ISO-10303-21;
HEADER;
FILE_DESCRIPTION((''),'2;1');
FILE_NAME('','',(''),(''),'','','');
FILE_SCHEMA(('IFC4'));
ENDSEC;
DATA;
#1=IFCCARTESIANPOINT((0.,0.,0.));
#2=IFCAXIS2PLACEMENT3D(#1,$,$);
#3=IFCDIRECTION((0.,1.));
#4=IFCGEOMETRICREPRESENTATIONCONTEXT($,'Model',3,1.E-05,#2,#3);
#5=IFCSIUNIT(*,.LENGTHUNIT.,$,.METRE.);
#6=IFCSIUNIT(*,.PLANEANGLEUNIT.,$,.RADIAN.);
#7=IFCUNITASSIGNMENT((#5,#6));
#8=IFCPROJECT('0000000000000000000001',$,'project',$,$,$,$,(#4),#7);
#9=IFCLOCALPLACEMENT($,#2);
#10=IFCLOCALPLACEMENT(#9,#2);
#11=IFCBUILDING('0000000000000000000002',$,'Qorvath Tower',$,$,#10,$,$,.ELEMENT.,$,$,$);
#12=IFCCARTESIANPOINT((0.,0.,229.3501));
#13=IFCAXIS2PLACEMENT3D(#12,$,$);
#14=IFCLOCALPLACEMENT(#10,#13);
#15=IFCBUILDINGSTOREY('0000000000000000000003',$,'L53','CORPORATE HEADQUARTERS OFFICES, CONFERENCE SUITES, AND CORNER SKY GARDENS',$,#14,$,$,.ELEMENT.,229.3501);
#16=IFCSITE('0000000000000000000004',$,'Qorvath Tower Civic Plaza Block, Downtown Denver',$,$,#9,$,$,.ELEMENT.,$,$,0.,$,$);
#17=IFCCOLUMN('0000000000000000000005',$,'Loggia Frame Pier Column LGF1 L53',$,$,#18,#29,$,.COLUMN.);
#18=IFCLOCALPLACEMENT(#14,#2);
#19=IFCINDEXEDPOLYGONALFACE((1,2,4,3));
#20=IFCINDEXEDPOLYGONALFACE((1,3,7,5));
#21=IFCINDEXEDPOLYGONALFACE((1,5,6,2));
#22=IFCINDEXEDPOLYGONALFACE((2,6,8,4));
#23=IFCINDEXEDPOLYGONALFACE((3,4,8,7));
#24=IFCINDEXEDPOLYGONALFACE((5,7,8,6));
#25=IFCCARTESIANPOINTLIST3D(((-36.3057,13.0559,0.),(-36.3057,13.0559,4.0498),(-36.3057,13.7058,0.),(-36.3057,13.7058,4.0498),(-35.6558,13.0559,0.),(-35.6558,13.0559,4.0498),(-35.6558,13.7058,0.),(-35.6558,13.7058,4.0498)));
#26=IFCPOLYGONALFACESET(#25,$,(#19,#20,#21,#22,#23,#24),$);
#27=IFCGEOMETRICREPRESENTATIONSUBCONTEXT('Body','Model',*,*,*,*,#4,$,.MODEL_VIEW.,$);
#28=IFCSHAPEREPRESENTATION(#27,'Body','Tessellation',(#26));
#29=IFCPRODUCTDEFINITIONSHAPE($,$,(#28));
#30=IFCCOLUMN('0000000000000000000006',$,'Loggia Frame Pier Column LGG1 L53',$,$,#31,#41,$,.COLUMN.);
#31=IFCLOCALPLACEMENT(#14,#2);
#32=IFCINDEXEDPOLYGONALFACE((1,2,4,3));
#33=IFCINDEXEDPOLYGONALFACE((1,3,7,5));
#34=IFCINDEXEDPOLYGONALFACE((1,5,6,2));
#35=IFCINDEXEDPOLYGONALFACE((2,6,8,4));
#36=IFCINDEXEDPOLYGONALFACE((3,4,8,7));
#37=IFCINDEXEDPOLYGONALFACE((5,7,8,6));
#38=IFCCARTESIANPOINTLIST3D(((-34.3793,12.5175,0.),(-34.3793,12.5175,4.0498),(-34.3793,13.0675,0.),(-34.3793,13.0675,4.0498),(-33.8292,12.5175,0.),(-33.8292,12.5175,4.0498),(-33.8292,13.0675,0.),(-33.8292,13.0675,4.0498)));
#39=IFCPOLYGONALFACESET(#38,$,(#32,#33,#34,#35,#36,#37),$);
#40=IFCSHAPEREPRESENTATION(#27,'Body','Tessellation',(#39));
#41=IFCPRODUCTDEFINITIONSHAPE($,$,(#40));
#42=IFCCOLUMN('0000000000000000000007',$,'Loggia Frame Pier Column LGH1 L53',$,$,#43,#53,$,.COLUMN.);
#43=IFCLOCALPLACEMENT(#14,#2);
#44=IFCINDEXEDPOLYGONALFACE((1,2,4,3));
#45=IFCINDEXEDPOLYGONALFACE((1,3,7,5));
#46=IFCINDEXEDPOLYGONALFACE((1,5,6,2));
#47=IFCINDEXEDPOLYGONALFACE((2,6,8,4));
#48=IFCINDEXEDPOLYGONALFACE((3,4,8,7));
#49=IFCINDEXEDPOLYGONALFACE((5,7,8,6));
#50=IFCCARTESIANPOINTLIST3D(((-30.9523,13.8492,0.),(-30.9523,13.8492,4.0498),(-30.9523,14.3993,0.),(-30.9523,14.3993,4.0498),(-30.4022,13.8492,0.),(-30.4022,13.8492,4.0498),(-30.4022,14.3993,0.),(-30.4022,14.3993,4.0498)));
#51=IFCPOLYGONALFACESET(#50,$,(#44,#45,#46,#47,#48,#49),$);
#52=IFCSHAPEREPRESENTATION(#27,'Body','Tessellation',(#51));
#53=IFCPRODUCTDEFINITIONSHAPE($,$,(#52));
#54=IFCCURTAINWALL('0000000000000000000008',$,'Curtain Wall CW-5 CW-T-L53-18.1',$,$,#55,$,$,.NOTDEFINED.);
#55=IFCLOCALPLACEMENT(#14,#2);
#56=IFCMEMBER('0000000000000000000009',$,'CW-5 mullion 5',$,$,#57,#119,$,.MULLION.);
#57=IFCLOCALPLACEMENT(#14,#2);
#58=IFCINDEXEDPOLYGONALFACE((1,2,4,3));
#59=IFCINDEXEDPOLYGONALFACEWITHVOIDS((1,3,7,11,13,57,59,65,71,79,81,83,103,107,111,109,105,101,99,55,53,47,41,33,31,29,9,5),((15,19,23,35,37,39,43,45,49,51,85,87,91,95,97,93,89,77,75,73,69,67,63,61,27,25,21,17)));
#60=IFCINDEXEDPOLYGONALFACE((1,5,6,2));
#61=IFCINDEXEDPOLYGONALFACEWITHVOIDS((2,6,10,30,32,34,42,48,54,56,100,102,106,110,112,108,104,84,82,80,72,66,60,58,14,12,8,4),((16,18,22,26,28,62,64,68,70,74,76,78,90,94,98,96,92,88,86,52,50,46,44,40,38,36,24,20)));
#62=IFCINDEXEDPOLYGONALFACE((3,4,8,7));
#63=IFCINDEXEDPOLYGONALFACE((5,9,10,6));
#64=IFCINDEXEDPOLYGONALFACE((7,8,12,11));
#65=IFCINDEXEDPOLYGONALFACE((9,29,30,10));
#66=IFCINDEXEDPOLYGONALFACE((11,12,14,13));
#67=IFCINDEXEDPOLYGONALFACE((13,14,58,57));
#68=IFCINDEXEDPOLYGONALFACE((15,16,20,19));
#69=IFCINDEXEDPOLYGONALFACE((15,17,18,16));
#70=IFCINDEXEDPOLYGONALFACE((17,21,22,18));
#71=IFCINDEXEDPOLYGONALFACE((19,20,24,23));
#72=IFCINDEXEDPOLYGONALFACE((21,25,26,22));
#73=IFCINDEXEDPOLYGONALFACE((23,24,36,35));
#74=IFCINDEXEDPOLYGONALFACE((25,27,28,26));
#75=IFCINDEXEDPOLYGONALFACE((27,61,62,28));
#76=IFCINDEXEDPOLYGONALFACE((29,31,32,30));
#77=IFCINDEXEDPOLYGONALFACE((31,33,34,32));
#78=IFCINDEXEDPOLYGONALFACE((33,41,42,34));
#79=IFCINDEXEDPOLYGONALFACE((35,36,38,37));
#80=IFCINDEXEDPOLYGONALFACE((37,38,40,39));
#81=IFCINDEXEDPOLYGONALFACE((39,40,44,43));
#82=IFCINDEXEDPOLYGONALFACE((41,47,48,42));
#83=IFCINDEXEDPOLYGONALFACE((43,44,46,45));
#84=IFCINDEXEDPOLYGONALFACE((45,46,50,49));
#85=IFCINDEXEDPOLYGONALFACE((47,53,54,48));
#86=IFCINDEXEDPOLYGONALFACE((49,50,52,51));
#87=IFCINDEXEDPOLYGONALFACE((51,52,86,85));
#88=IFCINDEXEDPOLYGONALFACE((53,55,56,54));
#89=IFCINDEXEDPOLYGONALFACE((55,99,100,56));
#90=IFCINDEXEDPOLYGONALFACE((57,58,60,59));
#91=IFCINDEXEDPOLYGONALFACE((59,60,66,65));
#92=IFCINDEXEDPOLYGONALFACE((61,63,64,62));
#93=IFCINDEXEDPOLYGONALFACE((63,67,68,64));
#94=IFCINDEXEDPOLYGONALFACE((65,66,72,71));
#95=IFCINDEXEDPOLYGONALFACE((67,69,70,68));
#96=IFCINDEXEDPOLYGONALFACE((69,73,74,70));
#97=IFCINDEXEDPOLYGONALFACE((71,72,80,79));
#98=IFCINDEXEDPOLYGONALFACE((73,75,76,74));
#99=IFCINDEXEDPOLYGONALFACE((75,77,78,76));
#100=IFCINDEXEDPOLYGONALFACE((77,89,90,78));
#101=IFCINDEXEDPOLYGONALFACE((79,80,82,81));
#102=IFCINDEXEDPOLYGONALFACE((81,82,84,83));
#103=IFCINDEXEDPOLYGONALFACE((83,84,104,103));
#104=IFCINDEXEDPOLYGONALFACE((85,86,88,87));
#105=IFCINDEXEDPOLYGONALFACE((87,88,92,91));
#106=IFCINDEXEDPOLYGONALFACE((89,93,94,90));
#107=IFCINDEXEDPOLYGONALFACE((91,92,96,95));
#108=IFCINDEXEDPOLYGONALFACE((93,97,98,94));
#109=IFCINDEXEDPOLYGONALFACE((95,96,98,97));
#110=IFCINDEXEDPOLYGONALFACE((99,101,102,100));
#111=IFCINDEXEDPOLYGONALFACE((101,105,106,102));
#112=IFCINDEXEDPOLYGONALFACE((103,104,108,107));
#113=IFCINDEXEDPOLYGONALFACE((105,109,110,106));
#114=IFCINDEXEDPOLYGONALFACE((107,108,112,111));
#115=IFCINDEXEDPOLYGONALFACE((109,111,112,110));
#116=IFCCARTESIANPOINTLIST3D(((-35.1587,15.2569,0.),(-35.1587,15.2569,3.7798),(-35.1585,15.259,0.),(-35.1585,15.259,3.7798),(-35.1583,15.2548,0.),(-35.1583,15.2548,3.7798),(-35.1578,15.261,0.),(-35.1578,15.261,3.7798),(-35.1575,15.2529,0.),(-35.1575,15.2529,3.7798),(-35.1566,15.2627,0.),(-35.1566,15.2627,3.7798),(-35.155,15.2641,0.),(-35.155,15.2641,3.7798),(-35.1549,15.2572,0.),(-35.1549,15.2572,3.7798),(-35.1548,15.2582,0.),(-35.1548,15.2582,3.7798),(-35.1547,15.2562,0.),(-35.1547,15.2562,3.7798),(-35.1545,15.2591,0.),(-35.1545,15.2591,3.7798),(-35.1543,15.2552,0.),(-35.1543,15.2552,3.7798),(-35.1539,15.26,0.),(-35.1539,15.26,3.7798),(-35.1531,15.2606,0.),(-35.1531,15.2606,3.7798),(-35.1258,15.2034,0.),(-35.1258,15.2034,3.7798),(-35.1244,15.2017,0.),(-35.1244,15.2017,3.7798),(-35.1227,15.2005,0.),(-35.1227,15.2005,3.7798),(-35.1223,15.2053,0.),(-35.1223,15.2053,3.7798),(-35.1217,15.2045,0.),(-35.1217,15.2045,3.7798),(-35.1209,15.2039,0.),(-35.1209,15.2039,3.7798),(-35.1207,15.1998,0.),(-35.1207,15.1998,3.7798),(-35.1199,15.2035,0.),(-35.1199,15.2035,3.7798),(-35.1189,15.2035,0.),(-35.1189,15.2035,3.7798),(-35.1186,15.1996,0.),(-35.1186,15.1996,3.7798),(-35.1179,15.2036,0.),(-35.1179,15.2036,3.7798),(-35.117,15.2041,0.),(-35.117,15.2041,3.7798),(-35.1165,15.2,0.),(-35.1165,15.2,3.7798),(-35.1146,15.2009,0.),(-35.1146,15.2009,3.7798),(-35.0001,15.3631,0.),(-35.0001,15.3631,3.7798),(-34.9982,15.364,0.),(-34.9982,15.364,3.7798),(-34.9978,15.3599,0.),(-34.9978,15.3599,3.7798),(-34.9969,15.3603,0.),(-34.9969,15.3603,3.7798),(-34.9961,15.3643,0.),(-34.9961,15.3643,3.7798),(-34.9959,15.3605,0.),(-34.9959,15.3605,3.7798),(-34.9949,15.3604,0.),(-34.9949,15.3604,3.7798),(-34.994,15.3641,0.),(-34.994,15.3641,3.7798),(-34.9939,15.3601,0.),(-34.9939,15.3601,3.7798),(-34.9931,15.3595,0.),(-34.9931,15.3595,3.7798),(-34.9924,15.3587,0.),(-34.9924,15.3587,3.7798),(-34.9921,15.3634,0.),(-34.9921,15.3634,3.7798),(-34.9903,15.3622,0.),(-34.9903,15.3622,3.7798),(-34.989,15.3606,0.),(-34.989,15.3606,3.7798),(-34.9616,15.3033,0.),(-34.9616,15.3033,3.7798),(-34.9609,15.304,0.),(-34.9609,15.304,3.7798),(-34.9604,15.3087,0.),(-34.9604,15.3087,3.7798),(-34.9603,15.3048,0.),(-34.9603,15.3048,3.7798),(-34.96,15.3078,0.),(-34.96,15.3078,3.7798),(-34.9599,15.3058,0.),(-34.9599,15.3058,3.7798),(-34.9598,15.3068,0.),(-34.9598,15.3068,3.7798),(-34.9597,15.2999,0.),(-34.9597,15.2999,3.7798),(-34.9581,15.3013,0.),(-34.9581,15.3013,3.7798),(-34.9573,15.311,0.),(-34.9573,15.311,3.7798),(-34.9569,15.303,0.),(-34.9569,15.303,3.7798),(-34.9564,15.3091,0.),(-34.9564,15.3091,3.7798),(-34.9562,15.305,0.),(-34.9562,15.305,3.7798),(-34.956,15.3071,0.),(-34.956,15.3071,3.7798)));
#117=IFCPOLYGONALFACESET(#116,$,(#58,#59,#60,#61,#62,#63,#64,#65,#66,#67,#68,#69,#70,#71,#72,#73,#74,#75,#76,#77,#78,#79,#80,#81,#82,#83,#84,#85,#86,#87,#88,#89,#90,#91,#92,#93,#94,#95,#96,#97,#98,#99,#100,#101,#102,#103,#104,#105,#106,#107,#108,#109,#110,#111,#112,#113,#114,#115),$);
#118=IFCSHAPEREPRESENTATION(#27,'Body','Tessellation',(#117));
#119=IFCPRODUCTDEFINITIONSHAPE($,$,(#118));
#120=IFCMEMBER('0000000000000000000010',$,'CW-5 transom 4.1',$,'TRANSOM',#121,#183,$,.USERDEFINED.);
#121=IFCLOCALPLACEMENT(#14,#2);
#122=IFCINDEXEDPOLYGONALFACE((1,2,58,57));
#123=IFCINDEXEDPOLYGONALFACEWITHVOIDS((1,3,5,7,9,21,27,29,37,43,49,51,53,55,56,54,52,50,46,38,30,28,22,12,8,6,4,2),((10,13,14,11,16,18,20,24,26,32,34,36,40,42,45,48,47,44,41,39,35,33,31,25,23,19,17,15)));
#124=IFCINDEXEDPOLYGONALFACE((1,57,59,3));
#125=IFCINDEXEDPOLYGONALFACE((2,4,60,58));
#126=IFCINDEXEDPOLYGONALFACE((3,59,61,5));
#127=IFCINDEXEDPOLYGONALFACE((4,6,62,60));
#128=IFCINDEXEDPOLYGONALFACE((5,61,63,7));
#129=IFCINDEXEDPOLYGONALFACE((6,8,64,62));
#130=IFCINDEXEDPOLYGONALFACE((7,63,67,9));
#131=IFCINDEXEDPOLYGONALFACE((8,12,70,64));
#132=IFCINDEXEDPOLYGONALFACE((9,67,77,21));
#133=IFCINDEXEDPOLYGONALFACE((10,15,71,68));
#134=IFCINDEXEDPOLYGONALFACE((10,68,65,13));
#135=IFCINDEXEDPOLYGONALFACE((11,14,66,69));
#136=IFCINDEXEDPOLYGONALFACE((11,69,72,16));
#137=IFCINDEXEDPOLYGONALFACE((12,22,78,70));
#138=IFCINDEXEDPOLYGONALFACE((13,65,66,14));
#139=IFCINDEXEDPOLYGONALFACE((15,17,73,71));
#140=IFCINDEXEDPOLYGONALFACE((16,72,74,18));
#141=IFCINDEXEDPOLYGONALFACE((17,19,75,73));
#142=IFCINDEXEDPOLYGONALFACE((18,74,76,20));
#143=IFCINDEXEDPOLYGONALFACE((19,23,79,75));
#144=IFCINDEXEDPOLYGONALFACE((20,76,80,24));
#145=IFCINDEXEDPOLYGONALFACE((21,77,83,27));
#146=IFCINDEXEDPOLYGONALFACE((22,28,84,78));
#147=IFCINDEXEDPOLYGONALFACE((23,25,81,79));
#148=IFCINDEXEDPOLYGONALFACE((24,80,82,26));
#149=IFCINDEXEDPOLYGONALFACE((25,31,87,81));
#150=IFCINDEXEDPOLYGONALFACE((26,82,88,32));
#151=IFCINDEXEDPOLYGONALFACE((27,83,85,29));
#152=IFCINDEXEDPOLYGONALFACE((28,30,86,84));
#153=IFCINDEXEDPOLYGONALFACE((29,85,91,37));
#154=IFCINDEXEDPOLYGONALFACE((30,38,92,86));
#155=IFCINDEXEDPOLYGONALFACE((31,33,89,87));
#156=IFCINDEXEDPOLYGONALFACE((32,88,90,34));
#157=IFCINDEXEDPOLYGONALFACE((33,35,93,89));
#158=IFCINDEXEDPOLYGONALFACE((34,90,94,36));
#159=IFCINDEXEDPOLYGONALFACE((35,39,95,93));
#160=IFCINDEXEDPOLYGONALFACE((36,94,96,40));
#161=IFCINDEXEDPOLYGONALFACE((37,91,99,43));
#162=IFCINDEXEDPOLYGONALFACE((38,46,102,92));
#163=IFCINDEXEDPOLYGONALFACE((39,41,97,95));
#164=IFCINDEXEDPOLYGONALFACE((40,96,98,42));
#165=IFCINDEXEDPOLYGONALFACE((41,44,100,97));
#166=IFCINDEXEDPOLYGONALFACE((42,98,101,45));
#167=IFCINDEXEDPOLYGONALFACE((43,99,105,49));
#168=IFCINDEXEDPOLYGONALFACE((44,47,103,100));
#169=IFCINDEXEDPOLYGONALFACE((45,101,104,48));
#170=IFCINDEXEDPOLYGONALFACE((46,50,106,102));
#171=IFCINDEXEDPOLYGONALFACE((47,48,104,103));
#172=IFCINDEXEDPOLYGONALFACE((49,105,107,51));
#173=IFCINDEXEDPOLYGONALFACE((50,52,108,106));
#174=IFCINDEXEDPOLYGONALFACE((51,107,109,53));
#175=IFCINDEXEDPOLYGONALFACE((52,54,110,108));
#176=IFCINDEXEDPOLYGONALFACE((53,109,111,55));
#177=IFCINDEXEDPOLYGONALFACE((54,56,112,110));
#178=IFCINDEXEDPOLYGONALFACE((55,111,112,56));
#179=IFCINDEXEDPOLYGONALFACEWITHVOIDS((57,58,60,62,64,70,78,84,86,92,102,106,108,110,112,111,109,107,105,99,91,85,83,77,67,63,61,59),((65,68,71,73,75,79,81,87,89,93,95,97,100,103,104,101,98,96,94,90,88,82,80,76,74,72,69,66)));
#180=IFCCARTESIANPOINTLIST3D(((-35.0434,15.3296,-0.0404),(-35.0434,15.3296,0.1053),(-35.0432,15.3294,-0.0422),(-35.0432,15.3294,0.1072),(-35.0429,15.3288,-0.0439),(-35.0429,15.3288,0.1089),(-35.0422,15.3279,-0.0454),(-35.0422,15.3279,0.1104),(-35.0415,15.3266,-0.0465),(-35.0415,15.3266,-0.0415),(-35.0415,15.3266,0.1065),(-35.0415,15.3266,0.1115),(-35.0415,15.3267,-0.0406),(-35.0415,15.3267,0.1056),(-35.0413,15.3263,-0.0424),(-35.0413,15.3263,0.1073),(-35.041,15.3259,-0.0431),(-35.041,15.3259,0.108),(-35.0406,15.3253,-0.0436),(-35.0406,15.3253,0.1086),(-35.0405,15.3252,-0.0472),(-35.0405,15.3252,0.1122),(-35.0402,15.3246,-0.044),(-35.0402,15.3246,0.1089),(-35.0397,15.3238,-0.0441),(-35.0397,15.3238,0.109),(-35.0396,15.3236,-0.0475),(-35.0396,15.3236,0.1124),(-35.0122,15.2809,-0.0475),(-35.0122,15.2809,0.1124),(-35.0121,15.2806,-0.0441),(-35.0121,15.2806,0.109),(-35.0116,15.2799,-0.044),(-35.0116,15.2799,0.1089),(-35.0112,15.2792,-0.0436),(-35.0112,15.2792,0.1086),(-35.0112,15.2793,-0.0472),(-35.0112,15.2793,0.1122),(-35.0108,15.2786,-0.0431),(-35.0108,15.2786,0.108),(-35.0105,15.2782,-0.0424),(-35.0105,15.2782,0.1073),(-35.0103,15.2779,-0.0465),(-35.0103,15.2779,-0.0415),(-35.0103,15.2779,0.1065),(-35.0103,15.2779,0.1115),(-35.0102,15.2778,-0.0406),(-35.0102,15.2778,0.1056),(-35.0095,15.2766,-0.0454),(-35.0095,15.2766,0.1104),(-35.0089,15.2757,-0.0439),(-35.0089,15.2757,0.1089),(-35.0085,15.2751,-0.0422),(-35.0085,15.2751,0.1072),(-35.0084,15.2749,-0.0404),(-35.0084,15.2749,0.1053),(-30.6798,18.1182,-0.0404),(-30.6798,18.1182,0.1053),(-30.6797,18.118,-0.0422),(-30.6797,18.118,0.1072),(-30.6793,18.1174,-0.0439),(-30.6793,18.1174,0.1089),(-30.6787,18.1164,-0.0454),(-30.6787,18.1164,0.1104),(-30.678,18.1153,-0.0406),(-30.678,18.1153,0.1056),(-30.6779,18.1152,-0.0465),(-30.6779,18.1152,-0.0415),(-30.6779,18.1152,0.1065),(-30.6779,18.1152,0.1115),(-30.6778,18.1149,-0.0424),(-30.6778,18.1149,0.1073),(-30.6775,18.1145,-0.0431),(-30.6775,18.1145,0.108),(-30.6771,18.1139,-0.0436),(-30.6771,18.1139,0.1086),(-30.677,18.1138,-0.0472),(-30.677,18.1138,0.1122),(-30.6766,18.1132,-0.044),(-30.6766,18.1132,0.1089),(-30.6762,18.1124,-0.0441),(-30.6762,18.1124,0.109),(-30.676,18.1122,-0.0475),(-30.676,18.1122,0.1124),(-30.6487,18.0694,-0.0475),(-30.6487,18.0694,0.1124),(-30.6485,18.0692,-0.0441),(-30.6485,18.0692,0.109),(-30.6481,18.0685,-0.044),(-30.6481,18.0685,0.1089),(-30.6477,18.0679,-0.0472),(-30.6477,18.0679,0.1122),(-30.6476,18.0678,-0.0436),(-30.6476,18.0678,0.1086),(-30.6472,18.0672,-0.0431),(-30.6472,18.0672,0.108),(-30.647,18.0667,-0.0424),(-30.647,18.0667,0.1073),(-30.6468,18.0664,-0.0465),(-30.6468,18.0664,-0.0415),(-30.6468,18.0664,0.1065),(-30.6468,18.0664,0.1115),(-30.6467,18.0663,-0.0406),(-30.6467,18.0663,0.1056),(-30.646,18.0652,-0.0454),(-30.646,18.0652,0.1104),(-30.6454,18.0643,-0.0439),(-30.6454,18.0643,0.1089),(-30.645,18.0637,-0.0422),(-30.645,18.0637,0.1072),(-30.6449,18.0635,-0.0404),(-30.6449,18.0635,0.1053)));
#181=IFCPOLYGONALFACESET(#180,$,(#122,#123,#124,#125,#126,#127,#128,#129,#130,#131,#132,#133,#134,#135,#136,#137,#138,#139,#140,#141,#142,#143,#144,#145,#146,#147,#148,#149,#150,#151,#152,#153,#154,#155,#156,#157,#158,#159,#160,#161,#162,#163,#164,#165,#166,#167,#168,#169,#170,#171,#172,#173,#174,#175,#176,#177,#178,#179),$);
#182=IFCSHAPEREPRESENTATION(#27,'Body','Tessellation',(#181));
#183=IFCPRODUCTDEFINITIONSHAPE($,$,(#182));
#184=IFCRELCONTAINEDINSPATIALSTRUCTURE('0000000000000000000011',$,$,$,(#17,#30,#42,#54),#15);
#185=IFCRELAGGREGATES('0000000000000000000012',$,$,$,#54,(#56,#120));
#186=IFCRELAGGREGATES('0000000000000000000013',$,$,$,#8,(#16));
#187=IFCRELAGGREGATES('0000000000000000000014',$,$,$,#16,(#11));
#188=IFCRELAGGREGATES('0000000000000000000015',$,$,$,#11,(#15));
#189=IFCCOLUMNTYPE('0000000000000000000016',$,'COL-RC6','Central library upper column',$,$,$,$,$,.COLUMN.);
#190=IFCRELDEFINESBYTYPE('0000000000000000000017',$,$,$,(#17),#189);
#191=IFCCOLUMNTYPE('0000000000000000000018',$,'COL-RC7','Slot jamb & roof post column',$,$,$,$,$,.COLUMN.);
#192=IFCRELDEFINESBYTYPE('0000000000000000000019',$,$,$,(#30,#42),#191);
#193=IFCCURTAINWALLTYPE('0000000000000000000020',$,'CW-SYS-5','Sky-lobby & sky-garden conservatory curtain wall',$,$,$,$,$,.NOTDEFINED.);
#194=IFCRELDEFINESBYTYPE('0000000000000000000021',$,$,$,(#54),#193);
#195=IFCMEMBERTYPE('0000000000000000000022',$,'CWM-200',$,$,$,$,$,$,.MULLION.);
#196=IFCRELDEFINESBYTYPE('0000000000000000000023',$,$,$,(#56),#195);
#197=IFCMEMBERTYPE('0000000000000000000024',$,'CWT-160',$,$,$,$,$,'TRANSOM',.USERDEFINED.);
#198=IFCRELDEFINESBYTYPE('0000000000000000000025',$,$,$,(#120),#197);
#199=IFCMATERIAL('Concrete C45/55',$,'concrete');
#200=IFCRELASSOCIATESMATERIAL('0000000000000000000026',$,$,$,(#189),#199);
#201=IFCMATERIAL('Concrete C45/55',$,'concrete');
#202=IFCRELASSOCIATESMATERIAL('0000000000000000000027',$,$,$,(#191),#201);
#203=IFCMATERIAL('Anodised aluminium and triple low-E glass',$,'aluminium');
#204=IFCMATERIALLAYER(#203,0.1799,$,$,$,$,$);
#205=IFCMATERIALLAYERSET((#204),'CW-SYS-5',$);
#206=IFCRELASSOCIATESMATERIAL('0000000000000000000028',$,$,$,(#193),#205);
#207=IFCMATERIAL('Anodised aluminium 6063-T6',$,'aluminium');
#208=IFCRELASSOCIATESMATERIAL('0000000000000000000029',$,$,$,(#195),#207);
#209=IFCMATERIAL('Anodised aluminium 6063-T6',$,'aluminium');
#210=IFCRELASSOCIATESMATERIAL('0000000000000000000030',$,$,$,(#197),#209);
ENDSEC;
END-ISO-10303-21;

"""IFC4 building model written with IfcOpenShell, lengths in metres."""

from ifc_helpers import new_model, si_unit, direction, frame, origin, origin_2d, place, context, subcontext, project, spatial, rectangle, hollow_rectangle, extrude, material, layer, layer_set, material_profile, profile_set, type_object, element, aggregate, save


model = new_model("IFC4")

# Units and contexts
model_context = context("Model", 3, precision=1e-05, world=origin(), true_north=direction((0.0, 1.0)))
body_context = subcontext(model_context, "Body", "Model", "MODEL_VIEW")
ifc_project = project(units=[si_unit("LENGTHUNIT", "METRE"), si_unit("PLANEANGLEUNIT", "RADIAN")], contexts=[model_context])

# Site, building, storey
site_placement = place(None, origin())
site = spatial("IfcSite", under=ifc_project, at=site_placement, Name="Qorvath Tower Civic Plaza Block, Downtown Denver", CompositionType="ELEMENT", RefElevation=0.0)
building_placement = place(site_placement, origin())
building = spatial("IfcBuilding", under=site, at=building_placement, Name="Qorvath Tower", CompositionType="ELEMENT")
storey_placement = place(building_placement, frame((0.0, 0.0, 229.3501)))
storey = spatial("IfcBuildingStorey", under=building, at=storey_placement, Name="L53", Description="CORPORATE HEADQUARTERS OFFICES, CONFERENCE SUITES, AND CORNER SKY GARDENS", CompositionType="ELEMENT", Elevation=229.3501)

# Columns
ifc_material_1 = material(Name="Concrete C45/55", Category="concrete")
ifc_material_profile_1 = material_profile(ifc_material_1, rectangle(XDim=0.6499, YDim=0.6499, at=origin_2d()), Name="RC 650x650")
ifc_profile_set_1 = profile_set([ifc_material_profile_1], Name="Concrete C45/55")
column_type_1 = type_object("IfcColumnType", Name="COL-RC6", Description="Central library upper column", PredefinedType="COLUMN", material=ifc_profile_set_1)
column_placement = place(storey_placement, frame((-35.9807, 13.3809, 0.0), z_axis=(0.0, 0.0, 1.0), x_axis=(1.0, 0.0, 0.0)))
element("IfcColumn", 1, at=column_placement, inside=storey, type_object=column_type_1, Name="Loggia Frame Pier Column LGF1 L53", PredefinedType="COLUMN", context=body_context, shape_type="SweptSolid", body=[
    extrude(rectangle(XDim=0.6499, YDim=0.6499, at=origin_2d()), origin(), (0.0, 0.0, 1.0), 4.0498),
])
ifc_material_2 = material(Name="Concrete C45/55", Category="concrete")
ifc_material_profile_2 = material_profile(ifc_material_2, rectangle(XDim=0.55, YDim=0.55, at=origin_2d()), Name="RC 550x550")
ifc_profile_set_2 = profile_set([ifc_material_profile_2], Name="Concrete C45/55")
column_type_2 = type_object("IfcColumnType", Name="COL-RC7", Description="Slot jamb & roof post column", PredefinedType="COLUMN", material=ifc_profile_set_2)
for number, where, z_axis, x_axis, name in (
    (2, (-34.1042, 12.7925, 0.0), (0.0, 0.0, 1.0), (1.0, 0.0, 0.0), "Loggia Frame Pier Column LGG1 L53"),
    (3, (-30.6772, 14.1243, 0.0), (0.0, 0.0, 1.0), (1.0, 0.0, 0.0), "Loggia Frame Pier Column LGH1 L53"),
):
    element("IfcColumn", number, at=place(storey_placement, frame(where, z_axis=z_axis, x_axis=x_axis)), inside=storey, type_object=column_type_2, Name=name, PredefinedType="COLUMN", context=body_context, shape_type="SweptSolid", body=[
        extrude(rectangle(XDim=0.55, YDim=0.55, at=origin_2d()), origin(), (0.0, 0.0, 1.0), 4.0498),
    ])

# Curtain wall, members
ifc_material_3 = material(Name="Anodised aluminium and triple low-E glass", Category="aluminium")
ifc_layer_1 = layer(ifc_material_3, 0.1799)
ifc_layer_set_1 = layer_set([ifc_layer_1], Name="CW-SYS-5")
curtain_wall_type = type_object("IfcCurtainWallType", Name="CW-SYS-5", Description="Sky-lobby & sky-garden conservatory curtain wall", PredefinedType="NOTDEFINED", material=ifc_layer_set_1)
curtain_wall_placement = place(storey_placement, origin())
curtain_wall = element("IfcCurtainWall", 4, at=curtain_wall_placement, inside=storey, type_object=curtain_wall_type, Name="Curtain Wall CW-5 CW-T-L53-18.1", PredefinedType="NOTDEFINED")
ifc_material_4 = material(Name="Anodised aluminium 6063-T6", Category="aluminium")
ifc_material_profile_3 = material_profile(ifc_material_4, hollow_rectangle(XDim=0.075, YDim=0.2, WallThickness=0.0039, InnerFilletRadius=0.0039, OuterFilletRadius=0.0081, at=origin_2d()), Name="CWM 200x75")
ifc_profile_set_3 = profile_set([ifc_material_profile_3], Name="Anodised aluminium 6063-T6")
member_type_1 = type_object("IfcMemberType", Name="CWM-200", PredefinedType="MULLION", material=ifc_profile_set_3)
member_1_placement = place(storey_placement, frame((-35.0574, 15.282, 0.0), z_axis=(0.0, 0.0, 1.0), x_axis=(0.538531, -0.842606, 0.0)))
member_1 = element("IfcMember", 5, at=member_1_placement, type_object=member_type_1, Name="CW-5 mullion 5", PredefinedType="MULLION", context=body_context, shape_type="SweptSolid", body=[
    extrude(hollow_rectangle(XDim=0.075, YDim=0.2, WallThickness=0.0039, InnerFilletRadius=0.0039, OuterFilletRadius=0.0081, at=origin_2d()), origin(), (0.0, 0.0, 1.0), 3.7798),
])
ifc_material_5 = material(Name="Anodised aluminium 6063-T6", Category="aluminium")
ifc_material_profile_4 = material_profile(ifc_material_5, hollow_rectangle(XDim=0.0649, YDim=0.1599, WallThickness=0.0034, InnerFilletRadius=0.0034, OuterFilletRadius=0.0071, at=origin_2d()), Name="CWT 160x65")
ifc_profile_set_4 = profile_set([ifc_material_profile_4], Name="Anodised aluminium 6063-T6")
member_type_2 = type_object("IfcMemberType", Name="CWT-160", ElementType="TRANSOM", PredefinedType="USERDEFINED", material=ifc_profile_set_4)
member_2_placement = place(storey_placement, frame((-30.6624, 18.0908, 0.0325), z_axis=(-0.842629, -0.538494, 0.0), x_axis=(0.538494, -0.842629, 0.0)))
member_2 = element("IfcMember", 6, at=member_2_placement, type_object=member_type_2, Name="CW-5 transom 4.1", ObjectType="TRANSOM", PredefinedType="USERDEFINED", context=body_context, shape_type="SweptSolid", body=[
    extrude(hollow_rectangle(XDim=0.0649, YDim=0.1599, WallThickness=0.0034, InnerFilletRadius=0.0034, OuterFilletRadius=0.0071, at=origin_2d()), origin(), (0.0, 0.0, 1.0), 5.1785),
])
aggregate(curtain_wall, [member_1, member_2])

save(model, "model.ifc")
